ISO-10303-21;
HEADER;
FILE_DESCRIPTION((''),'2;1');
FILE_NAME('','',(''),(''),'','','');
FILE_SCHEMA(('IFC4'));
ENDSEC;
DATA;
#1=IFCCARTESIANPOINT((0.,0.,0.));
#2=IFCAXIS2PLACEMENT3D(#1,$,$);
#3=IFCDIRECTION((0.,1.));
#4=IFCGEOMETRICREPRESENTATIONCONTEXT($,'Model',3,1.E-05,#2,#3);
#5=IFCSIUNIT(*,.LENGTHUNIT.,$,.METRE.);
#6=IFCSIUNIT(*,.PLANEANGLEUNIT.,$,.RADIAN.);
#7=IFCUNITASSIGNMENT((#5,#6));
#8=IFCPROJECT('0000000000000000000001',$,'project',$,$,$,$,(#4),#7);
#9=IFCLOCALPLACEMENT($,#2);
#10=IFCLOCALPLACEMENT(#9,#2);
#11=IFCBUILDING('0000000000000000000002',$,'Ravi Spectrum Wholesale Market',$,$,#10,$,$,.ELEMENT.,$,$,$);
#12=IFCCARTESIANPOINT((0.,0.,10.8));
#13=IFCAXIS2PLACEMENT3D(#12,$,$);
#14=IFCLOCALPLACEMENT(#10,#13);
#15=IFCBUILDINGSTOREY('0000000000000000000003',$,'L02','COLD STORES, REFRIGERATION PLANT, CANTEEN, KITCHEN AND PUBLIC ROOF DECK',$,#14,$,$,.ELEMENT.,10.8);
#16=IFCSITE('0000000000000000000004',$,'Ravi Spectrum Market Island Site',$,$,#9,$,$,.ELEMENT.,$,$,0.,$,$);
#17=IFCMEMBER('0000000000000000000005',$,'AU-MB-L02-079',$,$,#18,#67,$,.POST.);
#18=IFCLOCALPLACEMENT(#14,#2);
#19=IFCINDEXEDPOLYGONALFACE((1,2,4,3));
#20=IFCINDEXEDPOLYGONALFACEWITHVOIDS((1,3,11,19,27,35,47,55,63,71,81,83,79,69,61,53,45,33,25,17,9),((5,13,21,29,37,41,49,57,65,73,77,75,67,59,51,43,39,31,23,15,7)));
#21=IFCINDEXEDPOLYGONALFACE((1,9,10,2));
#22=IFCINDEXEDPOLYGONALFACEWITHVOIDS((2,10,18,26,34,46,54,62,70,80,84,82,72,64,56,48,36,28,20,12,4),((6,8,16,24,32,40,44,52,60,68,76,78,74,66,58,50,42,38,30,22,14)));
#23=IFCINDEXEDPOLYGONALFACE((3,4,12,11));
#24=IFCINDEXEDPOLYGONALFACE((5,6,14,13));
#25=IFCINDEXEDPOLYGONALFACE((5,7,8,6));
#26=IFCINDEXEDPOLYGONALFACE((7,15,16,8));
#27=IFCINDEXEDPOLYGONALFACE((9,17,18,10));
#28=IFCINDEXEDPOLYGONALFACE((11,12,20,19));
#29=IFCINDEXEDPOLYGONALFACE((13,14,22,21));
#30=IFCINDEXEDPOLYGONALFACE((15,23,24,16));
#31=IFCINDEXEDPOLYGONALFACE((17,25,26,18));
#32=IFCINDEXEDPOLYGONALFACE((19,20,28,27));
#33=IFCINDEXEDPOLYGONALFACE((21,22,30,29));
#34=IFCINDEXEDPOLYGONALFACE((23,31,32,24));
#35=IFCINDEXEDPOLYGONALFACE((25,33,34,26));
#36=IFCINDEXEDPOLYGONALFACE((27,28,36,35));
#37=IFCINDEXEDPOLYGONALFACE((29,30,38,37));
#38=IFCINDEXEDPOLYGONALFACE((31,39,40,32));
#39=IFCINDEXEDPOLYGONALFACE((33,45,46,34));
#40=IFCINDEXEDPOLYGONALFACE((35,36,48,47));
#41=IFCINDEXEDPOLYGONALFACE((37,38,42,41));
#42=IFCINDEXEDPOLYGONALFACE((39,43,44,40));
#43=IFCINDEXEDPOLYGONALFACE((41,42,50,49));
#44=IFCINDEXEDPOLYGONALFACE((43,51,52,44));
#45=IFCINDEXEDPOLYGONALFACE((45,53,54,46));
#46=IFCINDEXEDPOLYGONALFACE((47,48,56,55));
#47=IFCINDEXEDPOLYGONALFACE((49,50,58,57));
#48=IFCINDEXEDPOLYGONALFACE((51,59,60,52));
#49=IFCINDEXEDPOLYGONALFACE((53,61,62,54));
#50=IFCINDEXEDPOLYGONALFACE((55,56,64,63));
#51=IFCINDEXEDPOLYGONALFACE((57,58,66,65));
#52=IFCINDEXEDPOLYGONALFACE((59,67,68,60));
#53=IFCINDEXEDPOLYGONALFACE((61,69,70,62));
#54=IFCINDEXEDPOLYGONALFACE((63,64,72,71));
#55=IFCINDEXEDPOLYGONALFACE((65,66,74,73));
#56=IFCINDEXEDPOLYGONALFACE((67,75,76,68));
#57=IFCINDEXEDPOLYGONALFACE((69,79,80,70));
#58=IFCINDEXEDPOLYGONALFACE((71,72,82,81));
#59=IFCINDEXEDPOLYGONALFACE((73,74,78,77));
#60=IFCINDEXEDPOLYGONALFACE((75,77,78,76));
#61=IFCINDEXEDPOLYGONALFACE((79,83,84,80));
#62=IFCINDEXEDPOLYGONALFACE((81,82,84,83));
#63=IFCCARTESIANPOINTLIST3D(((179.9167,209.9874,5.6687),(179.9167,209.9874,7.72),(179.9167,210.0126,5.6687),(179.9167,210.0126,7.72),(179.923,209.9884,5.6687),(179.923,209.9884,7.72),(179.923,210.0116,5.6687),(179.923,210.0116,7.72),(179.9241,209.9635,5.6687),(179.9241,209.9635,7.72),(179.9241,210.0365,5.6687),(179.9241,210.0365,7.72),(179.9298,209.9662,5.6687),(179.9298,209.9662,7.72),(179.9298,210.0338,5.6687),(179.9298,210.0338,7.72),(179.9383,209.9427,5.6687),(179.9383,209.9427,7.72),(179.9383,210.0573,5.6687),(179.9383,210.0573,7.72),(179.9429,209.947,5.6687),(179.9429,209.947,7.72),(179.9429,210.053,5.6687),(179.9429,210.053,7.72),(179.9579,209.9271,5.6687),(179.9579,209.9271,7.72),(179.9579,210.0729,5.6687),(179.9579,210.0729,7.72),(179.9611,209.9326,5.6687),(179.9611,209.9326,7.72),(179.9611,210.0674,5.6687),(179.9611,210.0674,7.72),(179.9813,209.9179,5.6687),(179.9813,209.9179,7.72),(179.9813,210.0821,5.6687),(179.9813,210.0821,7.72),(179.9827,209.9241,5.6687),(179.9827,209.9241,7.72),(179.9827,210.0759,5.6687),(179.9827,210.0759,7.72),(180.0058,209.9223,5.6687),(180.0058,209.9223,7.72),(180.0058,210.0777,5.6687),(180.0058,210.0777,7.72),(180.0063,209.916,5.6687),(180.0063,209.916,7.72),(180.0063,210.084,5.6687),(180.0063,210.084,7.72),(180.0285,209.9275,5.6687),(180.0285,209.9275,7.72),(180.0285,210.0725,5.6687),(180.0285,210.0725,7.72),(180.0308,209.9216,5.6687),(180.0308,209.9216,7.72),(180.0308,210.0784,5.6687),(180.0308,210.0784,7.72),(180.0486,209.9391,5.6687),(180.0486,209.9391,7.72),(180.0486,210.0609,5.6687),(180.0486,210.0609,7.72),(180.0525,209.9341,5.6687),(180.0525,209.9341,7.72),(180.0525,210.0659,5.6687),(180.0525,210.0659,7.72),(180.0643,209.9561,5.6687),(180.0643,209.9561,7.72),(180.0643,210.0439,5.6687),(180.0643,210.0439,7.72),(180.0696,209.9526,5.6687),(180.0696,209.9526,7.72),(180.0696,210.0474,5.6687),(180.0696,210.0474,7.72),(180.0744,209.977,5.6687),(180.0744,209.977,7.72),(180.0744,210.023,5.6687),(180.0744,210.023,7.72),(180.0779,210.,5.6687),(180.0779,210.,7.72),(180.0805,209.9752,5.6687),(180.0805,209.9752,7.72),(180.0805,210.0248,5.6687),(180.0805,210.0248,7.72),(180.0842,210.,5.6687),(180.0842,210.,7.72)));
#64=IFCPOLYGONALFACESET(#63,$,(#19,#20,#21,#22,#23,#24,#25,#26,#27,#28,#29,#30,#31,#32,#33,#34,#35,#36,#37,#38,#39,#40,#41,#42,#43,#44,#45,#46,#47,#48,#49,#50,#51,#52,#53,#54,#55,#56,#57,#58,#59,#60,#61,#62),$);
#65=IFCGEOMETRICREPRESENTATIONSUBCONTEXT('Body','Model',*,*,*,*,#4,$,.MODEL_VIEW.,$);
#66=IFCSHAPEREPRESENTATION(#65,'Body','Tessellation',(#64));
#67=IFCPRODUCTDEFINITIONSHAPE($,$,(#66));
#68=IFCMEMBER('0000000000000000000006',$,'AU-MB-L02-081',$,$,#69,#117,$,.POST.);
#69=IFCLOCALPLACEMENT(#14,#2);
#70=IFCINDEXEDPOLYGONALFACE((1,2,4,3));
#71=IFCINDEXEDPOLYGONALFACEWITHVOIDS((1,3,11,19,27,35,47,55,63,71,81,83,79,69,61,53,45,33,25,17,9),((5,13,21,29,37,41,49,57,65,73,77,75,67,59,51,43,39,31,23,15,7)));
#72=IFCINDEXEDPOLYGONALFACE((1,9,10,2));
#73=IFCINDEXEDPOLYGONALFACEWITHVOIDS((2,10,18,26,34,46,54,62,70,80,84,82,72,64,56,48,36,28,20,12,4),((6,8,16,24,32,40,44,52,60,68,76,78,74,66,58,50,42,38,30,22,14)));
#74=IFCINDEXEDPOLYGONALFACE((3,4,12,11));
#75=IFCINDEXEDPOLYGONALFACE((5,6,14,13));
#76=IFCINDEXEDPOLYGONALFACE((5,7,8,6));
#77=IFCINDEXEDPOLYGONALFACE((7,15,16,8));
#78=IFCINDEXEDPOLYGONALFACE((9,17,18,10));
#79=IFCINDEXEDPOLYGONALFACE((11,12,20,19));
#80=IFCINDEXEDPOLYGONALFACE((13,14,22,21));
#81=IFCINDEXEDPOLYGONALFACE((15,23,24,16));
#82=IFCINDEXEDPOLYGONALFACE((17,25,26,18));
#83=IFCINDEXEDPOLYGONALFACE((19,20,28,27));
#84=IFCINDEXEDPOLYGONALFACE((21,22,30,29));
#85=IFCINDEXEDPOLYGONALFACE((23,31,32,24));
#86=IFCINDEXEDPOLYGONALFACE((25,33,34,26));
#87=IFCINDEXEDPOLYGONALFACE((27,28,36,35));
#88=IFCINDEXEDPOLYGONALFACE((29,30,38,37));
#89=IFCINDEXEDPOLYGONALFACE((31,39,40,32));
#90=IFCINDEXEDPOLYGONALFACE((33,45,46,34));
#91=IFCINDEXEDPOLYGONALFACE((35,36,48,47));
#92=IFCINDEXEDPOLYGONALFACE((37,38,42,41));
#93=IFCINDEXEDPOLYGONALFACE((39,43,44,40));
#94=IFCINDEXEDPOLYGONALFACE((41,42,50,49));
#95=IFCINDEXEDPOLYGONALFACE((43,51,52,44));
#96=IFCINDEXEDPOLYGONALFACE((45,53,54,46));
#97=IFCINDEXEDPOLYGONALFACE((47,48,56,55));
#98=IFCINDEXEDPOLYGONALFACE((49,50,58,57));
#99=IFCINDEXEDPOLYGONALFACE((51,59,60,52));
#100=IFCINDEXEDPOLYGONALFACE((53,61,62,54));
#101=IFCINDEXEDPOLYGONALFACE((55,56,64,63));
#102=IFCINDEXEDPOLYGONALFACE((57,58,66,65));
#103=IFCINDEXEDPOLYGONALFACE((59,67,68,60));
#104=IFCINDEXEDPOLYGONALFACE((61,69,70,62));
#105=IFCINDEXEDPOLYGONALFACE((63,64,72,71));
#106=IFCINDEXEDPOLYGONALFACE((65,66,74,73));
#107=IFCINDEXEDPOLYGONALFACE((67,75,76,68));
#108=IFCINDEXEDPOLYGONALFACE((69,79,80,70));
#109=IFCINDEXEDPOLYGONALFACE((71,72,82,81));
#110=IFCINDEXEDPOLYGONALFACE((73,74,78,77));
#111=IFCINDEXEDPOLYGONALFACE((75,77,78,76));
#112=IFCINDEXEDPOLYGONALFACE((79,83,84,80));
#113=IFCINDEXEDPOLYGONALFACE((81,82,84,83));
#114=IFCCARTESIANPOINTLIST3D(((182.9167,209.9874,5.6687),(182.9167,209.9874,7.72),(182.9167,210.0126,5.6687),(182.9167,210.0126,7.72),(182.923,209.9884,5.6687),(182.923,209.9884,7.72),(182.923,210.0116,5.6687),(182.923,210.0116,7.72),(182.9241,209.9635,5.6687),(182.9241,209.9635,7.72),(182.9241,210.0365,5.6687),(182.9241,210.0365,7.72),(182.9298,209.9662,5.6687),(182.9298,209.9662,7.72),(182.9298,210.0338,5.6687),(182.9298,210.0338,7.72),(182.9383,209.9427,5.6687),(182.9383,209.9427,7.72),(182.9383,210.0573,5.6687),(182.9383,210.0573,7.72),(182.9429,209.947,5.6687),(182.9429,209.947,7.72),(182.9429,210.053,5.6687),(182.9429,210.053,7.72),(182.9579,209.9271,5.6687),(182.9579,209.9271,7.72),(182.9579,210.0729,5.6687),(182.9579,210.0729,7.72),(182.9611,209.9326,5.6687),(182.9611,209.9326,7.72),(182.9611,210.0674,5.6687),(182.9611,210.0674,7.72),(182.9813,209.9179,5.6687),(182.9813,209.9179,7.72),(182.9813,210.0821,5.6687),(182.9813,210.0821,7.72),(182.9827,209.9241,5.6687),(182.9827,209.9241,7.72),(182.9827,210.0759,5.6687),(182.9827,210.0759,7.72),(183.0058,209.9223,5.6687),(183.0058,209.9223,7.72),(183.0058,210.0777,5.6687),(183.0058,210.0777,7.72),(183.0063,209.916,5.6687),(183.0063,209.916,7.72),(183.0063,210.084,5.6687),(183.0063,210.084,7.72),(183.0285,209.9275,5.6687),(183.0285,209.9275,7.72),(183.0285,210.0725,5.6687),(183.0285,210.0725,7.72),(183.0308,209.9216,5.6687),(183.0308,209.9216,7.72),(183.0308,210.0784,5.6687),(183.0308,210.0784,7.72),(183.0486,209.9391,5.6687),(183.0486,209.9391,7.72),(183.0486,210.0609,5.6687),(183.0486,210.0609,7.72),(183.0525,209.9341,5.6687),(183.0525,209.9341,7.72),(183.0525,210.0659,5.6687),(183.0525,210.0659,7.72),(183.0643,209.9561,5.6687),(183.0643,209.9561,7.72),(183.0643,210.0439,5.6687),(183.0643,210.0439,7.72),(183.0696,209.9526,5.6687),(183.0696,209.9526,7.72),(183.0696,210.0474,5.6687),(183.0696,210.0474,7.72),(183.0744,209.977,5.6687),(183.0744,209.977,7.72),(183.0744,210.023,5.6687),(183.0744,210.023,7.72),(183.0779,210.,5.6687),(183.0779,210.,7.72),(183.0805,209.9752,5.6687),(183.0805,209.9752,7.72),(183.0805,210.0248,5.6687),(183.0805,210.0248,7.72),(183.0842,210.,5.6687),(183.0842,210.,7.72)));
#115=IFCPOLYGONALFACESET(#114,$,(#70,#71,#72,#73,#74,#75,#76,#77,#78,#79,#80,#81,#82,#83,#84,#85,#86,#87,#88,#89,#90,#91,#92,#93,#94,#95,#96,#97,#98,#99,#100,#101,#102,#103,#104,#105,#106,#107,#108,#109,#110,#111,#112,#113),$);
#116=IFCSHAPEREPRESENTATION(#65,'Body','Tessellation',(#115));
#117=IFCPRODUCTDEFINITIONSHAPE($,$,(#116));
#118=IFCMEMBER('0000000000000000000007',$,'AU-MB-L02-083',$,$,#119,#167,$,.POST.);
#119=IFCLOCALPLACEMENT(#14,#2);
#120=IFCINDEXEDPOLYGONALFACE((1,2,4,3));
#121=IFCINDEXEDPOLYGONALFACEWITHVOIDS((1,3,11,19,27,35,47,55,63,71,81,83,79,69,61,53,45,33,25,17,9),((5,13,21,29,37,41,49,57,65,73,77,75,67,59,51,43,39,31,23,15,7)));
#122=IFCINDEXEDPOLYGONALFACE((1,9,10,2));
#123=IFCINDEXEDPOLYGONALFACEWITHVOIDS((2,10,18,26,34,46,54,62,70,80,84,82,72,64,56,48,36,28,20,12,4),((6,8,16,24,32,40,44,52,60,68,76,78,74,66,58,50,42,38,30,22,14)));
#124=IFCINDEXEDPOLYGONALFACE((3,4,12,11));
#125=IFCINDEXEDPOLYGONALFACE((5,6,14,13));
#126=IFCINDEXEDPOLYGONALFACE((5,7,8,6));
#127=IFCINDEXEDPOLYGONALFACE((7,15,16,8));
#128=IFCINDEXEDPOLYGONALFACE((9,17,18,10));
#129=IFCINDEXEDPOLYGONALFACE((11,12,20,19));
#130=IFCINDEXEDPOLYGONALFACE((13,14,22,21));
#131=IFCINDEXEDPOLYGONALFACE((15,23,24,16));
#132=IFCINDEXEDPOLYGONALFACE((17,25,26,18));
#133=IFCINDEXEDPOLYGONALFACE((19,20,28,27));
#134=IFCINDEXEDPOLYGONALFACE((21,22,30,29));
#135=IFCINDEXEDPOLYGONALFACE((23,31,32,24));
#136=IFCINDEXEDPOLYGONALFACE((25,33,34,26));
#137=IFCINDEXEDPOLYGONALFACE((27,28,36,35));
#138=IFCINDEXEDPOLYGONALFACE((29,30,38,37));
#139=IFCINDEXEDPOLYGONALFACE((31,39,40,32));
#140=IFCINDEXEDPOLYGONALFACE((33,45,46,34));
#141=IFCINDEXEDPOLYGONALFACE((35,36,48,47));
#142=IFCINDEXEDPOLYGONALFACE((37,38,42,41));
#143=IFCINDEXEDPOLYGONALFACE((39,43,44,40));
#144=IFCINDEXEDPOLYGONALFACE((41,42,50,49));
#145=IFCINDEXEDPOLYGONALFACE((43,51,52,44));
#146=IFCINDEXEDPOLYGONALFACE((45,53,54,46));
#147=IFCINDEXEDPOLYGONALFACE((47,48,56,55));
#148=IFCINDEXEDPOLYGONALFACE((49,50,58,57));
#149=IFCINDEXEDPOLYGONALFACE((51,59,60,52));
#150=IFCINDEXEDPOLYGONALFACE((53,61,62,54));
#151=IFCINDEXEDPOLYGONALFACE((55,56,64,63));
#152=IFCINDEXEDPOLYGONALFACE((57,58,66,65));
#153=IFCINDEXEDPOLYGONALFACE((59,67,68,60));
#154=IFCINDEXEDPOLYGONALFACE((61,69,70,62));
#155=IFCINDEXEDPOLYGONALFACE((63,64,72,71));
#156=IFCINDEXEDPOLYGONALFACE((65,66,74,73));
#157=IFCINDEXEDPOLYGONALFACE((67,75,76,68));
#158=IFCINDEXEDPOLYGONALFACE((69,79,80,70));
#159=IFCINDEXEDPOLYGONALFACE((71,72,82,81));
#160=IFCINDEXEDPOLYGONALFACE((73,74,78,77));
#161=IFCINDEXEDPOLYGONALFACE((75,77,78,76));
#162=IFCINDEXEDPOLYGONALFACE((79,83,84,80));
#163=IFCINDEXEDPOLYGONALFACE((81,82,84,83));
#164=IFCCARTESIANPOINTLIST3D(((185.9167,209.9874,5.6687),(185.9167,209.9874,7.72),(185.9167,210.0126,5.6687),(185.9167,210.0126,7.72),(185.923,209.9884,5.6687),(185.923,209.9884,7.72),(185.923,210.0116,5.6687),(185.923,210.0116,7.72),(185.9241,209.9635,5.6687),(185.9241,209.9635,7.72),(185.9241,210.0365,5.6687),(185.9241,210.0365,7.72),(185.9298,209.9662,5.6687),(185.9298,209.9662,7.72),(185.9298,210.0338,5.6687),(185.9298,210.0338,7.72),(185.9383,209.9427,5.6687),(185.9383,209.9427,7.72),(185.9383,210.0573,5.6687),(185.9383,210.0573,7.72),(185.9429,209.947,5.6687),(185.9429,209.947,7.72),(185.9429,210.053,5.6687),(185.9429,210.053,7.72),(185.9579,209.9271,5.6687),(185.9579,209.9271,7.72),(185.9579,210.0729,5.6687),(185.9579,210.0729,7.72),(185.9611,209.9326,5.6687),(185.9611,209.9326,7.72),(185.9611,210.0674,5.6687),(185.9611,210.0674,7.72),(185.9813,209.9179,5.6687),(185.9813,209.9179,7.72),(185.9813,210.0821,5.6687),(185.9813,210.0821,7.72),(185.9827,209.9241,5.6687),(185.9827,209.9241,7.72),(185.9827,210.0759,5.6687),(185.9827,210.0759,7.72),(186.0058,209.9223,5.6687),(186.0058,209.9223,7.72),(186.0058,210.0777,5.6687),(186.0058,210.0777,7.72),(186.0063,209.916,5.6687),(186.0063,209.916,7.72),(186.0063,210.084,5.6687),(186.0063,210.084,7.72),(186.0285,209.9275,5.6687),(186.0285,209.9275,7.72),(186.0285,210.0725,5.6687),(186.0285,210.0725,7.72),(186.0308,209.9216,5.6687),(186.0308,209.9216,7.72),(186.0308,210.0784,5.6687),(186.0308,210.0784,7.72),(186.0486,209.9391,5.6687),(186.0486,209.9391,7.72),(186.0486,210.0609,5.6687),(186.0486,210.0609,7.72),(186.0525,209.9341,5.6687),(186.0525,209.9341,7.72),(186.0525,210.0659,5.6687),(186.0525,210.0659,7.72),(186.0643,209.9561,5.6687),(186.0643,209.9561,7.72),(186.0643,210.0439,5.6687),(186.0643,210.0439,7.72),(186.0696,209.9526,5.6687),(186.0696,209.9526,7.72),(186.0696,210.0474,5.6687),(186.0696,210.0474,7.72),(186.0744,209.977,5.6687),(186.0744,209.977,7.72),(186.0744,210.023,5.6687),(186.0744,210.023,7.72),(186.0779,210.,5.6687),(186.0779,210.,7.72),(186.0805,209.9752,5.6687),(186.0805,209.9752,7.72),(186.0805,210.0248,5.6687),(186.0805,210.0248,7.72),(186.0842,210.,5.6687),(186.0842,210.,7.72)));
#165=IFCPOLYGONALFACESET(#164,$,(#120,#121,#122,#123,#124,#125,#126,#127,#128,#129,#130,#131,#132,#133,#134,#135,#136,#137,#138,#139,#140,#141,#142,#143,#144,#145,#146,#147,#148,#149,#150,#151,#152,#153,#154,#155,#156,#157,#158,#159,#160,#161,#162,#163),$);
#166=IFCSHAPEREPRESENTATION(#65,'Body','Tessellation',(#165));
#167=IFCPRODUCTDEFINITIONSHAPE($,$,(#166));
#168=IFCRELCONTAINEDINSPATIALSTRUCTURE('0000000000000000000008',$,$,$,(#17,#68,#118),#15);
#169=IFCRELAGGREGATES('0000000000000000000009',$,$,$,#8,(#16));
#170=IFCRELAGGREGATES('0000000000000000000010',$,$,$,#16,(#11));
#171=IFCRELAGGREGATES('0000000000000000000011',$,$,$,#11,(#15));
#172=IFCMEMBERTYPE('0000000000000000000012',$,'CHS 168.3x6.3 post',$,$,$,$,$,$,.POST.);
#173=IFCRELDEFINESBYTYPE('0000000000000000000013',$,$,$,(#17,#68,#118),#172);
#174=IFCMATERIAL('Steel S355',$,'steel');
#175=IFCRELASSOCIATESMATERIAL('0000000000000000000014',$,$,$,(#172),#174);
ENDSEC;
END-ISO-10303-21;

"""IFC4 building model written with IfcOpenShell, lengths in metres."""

from ifc_helpers import new_model, si_unit, direction, frame, origin, origin_2d, place, context, subcontext, project, spatial, hollow_circle, extrude, material, material_profile, profile_set, type_object, element, save


model = new_model("IFC4")

# Units and contexts
model_context = context("Model", 3, precision=1e-05, world=origin(), true_north=direction((0.0, 1.0)))
body_context = subcontext(model_context, "Body", "Model", "MODEL_VIEW")
ifc_project = project(units=[si_unit("LENGTHUNIT", "METRE"), si_unit("PLANEANGLEUNIT", "RADIAN")], contexts=[model_context])

# Site, building, storey
site_placement = place(None, origin())
site = spatial("IfcSite", under=ifc_project, at=site_placement, Name="Ravi Spectrum Market Island Site", CompositionType="ELEMENT", RefElevation=0.0)
building_placement = place(site_placement, origin())
building = spatial("IfcBuilding", under=site, at=building_placement, Name="Ravi Spectrum Wholesale Market", CompositionType="ELEMENT")
storey_placement = place(building_placement, frame((0.0, 0.0, 10.8)))
storey = spatial("IfcBuildingStorey", under=building, at=storey_placement, Name="L02", Description="COLD STORES, REFRIGERATION PLANT, CANTEEN, KITCHEN AND PUBLIC ROOF DECK", CompositionType="ELEMENT", Elevation=10.8)

# Members
ifc_material_1 = material(Name="Steel S355", Category="steel")
ifc_material_profile_1 = material_profile(ifc_material_1, hollow_circle(Radius=0.0842, WallThickness=0.0063, at=origin_2d()))
ifc_profile_set_1 = profile_set([ifc_material_profile_1], Name="Steel S355")
member_type_1 = type_object("IfcMemberType", Name="CHS 168.3x6.3 post", PredefinedType="POST", material=ifc_profile_set_1)
for number, where, z_axis, x_axis, name in (
    (1, (180.0, 210.0, 5.6687), (0.0, 0.0, 1.0), (1.0, 0.0, 0.0), "AU-MB-L02-079"),
    (2, (183.0, 210.0, 5.6687), (0.0, 0.0, 1.0), (1.0, 0.0, 0.0), "AU-MB-L02-081"),
    (3, (186.0, 210.0, 5.6687), (0.0, 0.0, 1.0), (1.0, 0.0, 0.0), "AU-MB-L02-083"),
):
    element("IfcMember", number, at=place(storey_placement, frame(where, z_axis=z_axis, x_axis=x_axis)), inside=storey, type_object=member_type_1, Name=name, PredefinedType="POST", context=body_context, shape_type="SweptSolid", body=[
        extrude(hollow_circle(Radius=0.0842, WallThickness=0.0063, at=origin_2d()), origin(), (0.0, 0.0, 1.0), 2.0513),
    ])

save(model, "model.ifc")
